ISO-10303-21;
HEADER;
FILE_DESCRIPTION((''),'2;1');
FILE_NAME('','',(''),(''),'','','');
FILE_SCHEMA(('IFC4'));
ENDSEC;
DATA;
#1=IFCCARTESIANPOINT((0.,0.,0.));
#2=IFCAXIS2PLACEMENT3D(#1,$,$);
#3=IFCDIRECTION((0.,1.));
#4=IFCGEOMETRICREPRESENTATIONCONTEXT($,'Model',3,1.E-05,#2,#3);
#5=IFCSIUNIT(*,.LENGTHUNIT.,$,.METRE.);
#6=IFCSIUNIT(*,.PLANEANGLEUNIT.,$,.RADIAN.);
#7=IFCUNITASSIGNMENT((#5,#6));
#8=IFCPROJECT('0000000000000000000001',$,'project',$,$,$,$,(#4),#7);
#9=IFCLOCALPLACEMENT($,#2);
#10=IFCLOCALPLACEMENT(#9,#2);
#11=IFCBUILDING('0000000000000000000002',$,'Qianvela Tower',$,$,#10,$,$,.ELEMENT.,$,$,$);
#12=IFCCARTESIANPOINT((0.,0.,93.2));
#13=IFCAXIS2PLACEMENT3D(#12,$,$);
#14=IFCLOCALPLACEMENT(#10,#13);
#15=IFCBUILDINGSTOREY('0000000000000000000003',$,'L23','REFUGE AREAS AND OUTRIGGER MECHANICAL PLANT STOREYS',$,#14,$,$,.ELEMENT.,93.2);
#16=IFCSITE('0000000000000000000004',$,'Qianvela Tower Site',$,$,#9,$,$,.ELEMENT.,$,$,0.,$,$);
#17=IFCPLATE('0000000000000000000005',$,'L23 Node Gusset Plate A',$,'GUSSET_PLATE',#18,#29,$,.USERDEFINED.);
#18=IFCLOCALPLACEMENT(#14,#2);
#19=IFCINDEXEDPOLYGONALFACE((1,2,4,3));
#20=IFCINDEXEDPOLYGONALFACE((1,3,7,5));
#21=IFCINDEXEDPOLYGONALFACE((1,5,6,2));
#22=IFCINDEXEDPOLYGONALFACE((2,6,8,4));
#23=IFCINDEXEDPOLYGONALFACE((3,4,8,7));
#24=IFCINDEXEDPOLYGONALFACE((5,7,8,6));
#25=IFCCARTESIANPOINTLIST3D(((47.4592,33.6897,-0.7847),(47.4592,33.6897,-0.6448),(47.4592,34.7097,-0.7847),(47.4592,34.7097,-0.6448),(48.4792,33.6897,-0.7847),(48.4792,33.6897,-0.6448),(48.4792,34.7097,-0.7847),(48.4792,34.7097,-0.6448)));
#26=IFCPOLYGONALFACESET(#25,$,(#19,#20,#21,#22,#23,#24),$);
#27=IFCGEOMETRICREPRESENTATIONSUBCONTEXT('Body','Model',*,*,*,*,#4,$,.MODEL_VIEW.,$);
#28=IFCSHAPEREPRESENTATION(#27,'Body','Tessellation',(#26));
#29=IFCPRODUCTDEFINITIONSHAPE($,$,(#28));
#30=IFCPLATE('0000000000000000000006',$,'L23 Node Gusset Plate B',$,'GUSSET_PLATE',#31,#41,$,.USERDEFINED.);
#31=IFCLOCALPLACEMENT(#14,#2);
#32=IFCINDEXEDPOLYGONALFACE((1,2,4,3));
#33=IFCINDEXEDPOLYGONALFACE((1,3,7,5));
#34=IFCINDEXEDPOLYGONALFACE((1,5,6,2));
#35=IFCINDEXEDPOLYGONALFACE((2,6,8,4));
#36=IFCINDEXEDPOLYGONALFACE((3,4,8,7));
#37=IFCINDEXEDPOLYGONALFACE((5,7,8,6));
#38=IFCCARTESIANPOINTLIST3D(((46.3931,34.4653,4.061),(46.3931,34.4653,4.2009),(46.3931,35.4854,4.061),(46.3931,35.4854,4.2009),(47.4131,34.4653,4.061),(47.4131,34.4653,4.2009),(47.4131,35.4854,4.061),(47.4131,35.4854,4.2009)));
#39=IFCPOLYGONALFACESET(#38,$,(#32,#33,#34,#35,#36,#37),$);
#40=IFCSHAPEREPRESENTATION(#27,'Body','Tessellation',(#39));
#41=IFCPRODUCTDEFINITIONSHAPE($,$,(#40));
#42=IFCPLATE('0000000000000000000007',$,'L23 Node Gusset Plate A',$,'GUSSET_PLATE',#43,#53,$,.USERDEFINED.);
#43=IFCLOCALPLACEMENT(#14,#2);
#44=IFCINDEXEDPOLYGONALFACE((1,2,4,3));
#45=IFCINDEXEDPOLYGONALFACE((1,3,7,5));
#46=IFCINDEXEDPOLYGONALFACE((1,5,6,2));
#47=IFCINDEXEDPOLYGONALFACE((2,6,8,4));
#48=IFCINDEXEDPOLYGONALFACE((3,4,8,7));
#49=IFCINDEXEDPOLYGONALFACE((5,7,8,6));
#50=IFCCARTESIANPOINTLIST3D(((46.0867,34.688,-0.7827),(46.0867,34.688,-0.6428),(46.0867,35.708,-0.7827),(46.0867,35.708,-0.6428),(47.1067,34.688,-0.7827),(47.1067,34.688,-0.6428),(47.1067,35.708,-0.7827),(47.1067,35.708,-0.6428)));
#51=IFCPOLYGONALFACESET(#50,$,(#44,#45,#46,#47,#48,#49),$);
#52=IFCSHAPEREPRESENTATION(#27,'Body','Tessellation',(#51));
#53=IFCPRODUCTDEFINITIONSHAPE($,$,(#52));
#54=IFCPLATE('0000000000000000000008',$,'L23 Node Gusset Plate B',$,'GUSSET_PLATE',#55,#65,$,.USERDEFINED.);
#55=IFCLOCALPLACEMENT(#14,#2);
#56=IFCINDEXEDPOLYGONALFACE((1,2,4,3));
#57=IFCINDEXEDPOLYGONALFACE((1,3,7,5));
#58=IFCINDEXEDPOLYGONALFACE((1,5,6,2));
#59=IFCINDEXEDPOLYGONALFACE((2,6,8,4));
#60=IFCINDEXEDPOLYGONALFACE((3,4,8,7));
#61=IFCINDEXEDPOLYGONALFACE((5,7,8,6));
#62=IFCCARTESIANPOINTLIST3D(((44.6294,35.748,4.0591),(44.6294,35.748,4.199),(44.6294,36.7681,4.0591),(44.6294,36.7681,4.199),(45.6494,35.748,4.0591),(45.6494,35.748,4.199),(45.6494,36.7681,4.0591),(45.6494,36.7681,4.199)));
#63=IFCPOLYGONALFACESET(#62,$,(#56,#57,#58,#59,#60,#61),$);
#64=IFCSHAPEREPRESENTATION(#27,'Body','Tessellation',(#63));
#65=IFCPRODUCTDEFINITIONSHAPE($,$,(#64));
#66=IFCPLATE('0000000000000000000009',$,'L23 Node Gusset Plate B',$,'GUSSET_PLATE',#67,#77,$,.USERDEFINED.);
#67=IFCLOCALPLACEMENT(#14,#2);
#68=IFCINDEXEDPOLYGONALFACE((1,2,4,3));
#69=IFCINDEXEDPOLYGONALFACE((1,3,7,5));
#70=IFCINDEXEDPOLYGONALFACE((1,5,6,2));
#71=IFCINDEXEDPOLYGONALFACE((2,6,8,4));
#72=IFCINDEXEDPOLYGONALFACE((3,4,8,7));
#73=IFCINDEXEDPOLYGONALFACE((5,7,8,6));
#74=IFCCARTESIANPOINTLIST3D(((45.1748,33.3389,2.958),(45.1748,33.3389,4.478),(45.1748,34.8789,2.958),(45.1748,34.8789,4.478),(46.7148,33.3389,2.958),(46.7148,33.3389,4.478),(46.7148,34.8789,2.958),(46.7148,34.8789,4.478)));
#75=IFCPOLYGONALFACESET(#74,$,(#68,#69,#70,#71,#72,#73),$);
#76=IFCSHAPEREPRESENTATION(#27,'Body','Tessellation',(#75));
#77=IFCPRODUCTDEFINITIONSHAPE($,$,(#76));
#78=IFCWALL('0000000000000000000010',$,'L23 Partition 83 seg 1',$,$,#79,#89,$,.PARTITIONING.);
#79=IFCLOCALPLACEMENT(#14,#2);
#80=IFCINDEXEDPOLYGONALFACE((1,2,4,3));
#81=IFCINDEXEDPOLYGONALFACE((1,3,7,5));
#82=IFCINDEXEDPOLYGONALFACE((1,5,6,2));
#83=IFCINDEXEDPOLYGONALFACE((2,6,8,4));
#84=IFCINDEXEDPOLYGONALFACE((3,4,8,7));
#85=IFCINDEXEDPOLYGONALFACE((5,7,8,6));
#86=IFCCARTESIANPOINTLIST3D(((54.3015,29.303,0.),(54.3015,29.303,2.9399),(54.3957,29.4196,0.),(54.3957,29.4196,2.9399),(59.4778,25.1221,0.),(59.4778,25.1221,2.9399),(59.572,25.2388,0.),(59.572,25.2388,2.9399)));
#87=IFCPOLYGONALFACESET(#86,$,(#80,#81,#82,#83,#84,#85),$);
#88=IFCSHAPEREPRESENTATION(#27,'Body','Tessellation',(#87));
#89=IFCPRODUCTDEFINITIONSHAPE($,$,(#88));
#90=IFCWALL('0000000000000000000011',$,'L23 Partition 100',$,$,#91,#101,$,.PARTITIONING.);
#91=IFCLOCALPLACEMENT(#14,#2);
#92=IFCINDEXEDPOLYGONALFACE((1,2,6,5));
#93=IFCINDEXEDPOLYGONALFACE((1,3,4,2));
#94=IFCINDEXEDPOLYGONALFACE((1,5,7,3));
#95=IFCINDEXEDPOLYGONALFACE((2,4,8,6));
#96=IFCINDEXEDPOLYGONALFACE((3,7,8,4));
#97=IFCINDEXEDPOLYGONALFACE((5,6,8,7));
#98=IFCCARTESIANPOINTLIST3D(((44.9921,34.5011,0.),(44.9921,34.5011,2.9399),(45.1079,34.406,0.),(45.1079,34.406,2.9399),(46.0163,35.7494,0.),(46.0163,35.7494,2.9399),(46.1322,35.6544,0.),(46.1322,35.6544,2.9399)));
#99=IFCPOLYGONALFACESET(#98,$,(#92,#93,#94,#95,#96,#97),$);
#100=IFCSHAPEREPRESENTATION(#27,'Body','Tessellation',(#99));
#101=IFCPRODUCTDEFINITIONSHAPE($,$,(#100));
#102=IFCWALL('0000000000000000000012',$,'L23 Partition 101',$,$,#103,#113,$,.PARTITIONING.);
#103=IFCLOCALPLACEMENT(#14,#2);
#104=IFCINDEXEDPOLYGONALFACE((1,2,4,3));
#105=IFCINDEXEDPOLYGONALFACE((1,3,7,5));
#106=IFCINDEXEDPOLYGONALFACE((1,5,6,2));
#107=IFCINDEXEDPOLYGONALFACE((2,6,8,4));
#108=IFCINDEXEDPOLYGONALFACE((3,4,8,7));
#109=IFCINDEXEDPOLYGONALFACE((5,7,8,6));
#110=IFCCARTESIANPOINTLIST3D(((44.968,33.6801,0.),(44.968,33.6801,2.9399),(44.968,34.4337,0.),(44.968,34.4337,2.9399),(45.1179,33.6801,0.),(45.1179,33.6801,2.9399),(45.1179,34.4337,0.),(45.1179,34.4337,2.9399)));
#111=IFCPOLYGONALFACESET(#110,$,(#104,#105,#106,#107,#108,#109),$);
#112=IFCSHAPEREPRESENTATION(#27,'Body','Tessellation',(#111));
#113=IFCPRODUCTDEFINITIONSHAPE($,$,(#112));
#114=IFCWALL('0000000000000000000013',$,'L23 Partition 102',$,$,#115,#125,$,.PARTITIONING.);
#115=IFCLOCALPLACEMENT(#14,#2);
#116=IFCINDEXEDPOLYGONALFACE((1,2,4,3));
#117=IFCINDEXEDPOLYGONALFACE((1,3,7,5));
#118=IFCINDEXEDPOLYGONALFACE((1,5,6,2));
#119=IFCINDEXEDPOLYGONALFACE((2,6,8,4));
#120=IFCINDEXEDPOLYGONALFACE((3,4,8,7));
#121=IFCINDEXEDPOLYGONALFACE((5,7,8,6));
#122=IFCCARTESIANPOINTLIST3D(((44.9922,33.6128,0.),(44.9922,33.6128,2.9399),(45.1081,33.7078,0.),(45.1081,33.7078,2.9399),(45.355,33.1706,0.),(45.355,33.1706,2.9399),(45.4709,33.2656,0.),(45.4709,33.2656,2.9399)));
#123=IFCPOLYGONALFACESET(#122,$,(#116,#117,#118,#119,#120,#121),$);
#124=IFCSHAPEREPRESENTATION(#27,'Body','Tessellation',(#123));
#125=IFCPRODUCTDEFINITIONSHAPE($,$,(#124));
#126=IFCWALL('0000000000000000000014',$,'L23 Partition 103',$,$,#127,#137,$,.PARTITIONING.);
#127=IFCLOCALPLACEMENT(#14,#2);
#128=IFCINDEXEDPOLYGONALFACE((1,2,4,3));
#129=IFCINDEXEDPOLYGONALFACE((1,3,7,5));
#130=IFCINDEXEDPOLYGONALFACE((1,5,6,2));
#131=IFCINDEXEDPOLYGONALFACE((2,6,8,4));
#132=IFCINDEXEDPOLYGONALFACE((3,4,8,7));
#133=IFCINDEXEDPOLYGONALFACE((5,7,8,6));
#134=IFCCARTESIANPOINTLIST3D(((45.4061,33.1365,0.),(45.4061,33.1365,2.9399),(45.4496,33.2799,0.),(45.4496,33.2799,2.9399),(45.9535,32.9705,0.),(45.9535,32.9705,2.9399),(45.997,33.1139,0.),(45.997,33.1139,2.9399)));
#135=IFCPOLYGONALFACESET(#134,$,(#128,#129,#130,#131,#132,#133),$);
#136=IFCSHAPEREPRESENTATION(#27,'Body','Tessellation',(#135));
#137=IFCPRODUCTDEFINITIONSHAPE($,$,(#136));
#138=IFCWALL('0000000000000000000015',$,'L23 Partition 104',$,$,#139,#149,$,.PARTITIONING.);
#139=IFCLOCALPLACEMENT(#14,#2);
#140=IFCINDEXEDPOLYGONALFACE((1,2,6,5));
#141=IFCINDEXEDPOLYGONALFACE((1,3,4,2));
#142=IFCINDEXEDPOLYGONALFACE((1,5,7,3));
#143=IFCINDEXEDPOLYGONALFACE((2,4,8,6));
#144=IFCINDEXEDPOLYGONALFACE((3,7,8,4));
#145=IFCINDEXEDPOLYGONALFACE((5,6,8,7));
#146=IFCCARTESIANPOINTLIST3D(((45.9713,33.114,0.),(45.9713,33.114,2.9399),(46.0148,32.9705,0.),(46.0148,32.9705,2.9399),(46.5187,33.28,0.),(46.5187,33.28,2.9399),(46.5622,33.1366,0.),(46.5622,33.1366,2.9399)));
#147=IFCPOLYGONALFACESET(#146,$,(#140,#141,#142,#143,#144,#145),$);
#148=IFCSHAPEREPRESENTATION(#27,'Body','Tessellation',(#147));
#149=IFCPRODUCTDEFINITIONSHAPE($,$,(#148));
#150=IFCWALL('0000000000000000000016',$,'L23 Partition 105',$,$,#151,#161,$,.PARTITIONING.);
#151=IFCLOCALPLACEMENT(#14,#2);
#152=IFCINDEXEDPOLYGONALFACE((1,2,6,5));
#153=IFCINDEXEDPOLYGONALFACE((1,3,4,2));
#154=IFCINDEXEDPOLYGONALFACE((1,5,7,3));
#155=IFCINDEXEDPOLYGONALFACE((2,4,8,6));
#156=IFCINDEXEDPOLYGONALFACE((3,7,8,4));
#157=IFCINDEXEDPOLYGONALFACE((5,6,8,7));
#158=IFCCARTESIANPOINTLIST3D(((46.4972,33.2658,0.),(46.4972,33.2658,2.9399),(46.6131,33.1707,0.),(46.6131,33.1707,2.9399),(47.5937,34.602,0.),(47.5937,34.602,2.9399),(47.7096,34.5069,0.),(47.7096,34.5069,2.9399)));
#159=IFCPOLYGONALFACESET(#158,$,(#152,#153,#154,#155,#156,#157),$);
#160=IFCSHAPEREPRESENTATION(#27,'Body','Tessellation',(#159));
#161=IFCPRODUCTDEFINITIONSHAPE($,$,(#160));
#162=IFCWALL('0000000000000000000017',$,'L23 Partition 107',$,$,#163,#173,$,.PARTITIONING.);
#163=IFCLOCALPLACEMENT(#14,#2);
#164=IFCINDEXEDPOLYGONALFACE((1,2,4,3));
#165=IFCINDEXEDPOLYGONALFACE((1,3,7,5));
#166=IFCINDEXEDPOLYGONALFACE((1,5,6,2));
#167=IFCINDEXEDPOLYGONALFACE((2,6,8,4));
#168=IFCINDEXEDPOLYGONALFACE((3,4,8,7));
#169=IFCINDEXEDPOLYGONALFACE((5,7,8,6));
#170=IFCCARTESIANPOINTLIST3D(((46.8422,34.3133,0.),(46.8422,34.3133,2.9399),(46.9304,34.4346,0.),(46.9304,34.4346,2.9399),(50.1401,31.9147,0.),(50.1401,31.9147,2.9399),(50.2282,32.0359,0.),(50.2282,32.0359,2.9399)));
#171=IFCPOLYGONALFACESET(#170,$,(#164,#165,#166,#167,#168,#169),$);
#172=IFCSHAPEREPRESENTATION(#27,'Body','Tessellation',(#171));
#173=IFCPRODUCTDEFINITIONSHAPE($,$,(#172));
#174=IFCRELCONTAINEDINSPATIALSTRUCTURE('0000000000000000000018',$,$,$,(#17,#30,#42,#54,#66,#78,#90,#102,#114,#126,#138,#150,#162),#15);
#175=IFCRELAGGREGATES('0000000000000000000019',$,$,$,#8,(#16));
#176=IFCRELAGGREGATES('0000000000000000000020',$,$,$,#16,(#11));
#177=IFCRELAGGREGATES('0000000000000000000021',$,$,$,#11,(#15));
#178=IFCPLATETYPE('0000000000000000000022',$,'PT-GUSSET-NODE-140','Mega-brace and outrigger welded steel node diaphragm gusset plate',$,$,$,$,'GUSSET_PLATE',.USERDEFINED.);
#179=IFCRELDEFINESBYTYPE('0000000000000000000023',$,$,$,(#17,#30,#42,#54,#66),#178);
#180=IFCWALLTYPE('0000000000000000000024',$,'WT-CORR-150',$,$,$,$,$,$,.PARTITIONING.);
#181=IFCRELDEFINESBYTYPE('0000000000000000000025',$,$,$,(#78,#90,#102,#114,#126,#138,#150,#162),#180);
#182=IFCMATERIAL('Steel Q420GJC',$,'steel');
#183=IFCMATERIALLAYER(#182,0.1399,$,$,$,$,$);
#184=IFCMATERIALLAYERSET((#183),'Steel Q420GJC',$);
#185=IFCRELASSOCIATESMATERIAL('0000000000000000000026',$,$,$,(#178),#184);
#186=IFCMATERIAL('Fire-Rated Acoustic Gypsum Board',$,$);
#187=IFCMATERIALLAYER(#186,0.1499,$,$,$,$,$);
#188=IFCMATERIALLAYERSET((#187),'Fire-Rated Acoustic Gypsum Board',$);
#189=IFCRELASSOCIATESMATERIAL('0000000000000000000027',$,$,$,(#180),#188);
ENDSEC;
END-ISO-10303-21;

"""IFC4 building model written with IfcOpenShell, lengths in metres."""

from ifc_helpers import new_model, si_unit, direction, frame, frame_2d, origin, origin_2d, place, context, subcontext, project, spatial, rectangle, extrude, material, layer, layer_set, type_object, element, save


model = new_model("IFC4")

# Units and contexts
model_context = context("Model", 3, precision=1e-05, world=origin(), true_north=direction((0.0, 1.0)))
body_context = subcontext(model_context, "Body", "Model", "MODEL_VIEW")
ifc_project = project(units=[si_unit("LENGTHUNIT", "METRE"), si_unit("PLANEANGLEUNIT", "RADIAN")], contexts=[model_context])

# Site, building, storey
site_placement = place(None, origin())
site = spatial("IfcSite", under=ifc_project, at=site_placement, Name="Qianvela Tower Site", CompositionType="ELEMENT", RefElevation=0.0)
building_placement = place(site_placement, origin())
building = spatial("IfcBuilding", under=site, at=building_placement, Name="Qianvela Tower", CompositionType="ELEMENT")
storey_placement = place(building_placement, frame((0.0, 0.0, 93.2)))
storey = spatial("IfcBuildingStorey", under=building, at=storey_placement, Name="L23", Description="REFUGE AREAS AND OUTRIGGER MECHANICAL PLANT STOREYS", CompositionType="ELEMENT", Elevation=93.2)

# Plates
ifc_material_1 = material(Name="Steel Q420GJC", Category="steel")
ifc_layer_1 = layer(ifc_material_1, 0.1399)
ifc_layer_set_1 = layer_set([ifc_layer_1], Name="Steel Q420GJC")
plate_type_1 = type_object("IfcPlateType", Name="PT-GUSSET-NODE-140", Description="Mega-brace and outrigger welded steel node diaphragm gusset plate", ElementType="GUSSET_PLATE", PredefinedType="USERDEFINED", material=ifc_layer_set_1)
for number, where, z_axis, x_axis, name in (
    (1, (47.9692, 34.1997, -0.7847), (0.0, 0.0, 1.0), (1.0, 0.0, 0.0), "L23 Node Gusset Plate A"),
    (2, (46.9031, 34.9753, 4.061), (0.0, 0.0, 1.0), (1.0, 0.0, 0.0), "L23 Node Gusset Plate B"),
    (3, (46.5967, 35.198, -0.7827), (0.0, 0.0, 1.0), (1.0, 0.0, 0.0), "L23 Node Gusset Plate A"),
    (4, (45.1394, 36.2581, 4.0591), (0.0, 0.0, 1.0), (1.0, 0.0, 0.0), "L23 Node Gusset Plate B"),
):
    element("IfcPlate", number, at=place(storey_placement, frame(where, z_axis=z_axis, x_axis=x_axis)), inside=storey, type_object=plate_type_1, Name=name, ObjectType="GUSSET_PLATE", PredefinedType="USERDEFINED", context=body_context, shape_type="SweptSolid", body=[
        extrude(rectangle(XDim=1.02, YDim=1.02, at=origin_2d()), origin(), (0.0, 0.0, 1.0), 0.1399),
    ])
plate_1_placement = place(storey_placement, frame((45.9448, 34.1089, 2.958), z_axis=(0.0, 0.0, 1.0), x_axis=(1.0, 0.0, 0.0)))
element("IfcPlate", 5, at=plate_1_placement, inside=storey, type_object=plate_type_1, Name="L23 Node Gusset Plate B", ObjectType="GUSSET_PLATE", PredefinedType="USERDEFINED", context=body_context, shape_type="SweptSolid", body=[
    extrude(rectangle(XDim=1.54, YDim=1.54, at=origin_2d()), origin(), (0.0, 0.0, 1.0), 1.52),
])

# Walls
ifc_material_2 = material(Name="Fire-Rated Acoustic Gypsum Board")
ifc_layer_2 = layer(ifc_material_2, 0.1499)
ifc_layer_set_2 = layer_set([ifc_layer_2], Name="Fire-Rated Acoustic Gypsum Board")
wall_type = type_object("IfcWallType", Name="WT-CORR-150", PredefinedType="PARTITIONING", material=ifc_layer_set_2)
wall_1_placement = place(storey_placement, frame((54.3486, 29.3613, 0.0), z_axis=(0.0, 0.0, 1.0), x_axis=(0.777936, -0.628344, 0.0)))
element("IfcWall", 6, at=wall_1_placement, inside=storey, type_object=wall_type, Name="L23 Partition 83 seg 1", PredefinedType="PARTITIONING", context=body_context, shape_type="SweptSolid", body=[
    extrude(rectangle(XDim=6.6538, YDim=0.1499, at=frame_2d((3.3269, 0.0))), origin(), (0.0, 0.0, 1.0), 2.9399),
])
wall_2_placement = place(storey_placement, frame((46.0742, 35.7019, 0.0), z_axis=(0.0, 0.0, 1.0), x_axis=(-0.634291, -0.773094, 0.0)))
element("IfcWall", 7, at=wall_2_placement, inside=storey, type_object=wall_type, Name="L23 Partition 100", PredefinedType="PARTITIONING", context=body_context, shape_type="SweptSolid", body=[
    extrude(rectangle(XDim=1.6147, YDim=0.1499, at=frame_2d((0.8074, 0.0))), origin(), (0.0, 0.0, 1.0), 2.9399),
])
wall_3_placement = place(storey_placement, frame((45.043, 34.4338, 0.0), z_axis=(0.0, 0.0, 1.0), x_axis=(0.0, -1.0, 0.0)))
element("IfcWall", 8, at=wall_3_placement, inside=storey, type_object=wall_type, Name="L23 Partition 101", PredefinedType="PARTITIONING", context=body_context, shape_type="SweptSolid", body=[
    extrude(rectangle(XDim=0.7537, YDim=0.1499, at=frame_2d((0.377, 0.0))), origin(), (0.0, 0.0, 1.0), 2.9399),
])
for number, where, z_axis, x_axis, name in (
    (9, (45.05, 33.6604, 0.0), (0.0, 0.0, 1.0), (0.63433, -0.773063, 0.0), "L23 Partition 102"),
    (10, (45.4277, 33.2083, 0.0), (0.0, 0.0, 1.0), (0.956953, -0.290244, 0.0), "L23 Partition 103"),
    (11, (45.9929, 33.0422, 0.0), (0.0, 0.0, 1.0), (0.956953, 0.290244, 0.0), "L23 Partition 104"),
):
    element("IfcWall", number, at=place(storey_placement, frame(where, z_axis=z_axis, x_axis=x_axis)), inside=storey, type_object=wall_type, Name=name, PredefinedType="PARTITIONING", context=body_context, shape_type="SweptSolid", body=[
        extrude(rectangle(XDim=0.572, YDim=0.1499, at=frame_2d((0.2861, 0.0))), origin(), (0.0, 0.0, 1.0), 2.9399),
    ])
wall_4_placement = place(storey_placement, frame((46.5552, 33.2183, 0.0), z_axis=(0.0, 0.0, 1.0), x_axis=(0.634345, 0.77305, 0.0)))
element("IfcWall", 12, at=wall_4_placement, inside=storey, type_object=wall_type, Name="L23 Partition 105", PredefinedType="PARTITIONING", context=body_context, shape_type="SweptSolid", body=[
    extrude(rectangle(XDim=1.7285, YDim=0.1499, at=frame_2d((0.8643, 0.0))), origin(), (0.0, 0.0, 1.0), 2.9399),
])
wall_5_placement = place(storey_placement, frame((46.8862, 34.374, 0.0), z_axis=(0.0, 0.0, 1.0), x_axis=(0.808708, -0.588211, 0.0)))
element("IfcWall", 13, at=wall_5_placement, inside=storey, type_object=wall_type, Name="L23 Partition 107", PredefinedType="PARTITIONING", context=body_context, shape_type="SweptSolid", body=[
    extrude(rectangle(XDim=4.0779, YDim=0.1499, at=frame_2d((2.0391, 0.0))), origin(), (0.0, 0.0, 1.0), 2.9399),
])

save(model, "model.ifc")
